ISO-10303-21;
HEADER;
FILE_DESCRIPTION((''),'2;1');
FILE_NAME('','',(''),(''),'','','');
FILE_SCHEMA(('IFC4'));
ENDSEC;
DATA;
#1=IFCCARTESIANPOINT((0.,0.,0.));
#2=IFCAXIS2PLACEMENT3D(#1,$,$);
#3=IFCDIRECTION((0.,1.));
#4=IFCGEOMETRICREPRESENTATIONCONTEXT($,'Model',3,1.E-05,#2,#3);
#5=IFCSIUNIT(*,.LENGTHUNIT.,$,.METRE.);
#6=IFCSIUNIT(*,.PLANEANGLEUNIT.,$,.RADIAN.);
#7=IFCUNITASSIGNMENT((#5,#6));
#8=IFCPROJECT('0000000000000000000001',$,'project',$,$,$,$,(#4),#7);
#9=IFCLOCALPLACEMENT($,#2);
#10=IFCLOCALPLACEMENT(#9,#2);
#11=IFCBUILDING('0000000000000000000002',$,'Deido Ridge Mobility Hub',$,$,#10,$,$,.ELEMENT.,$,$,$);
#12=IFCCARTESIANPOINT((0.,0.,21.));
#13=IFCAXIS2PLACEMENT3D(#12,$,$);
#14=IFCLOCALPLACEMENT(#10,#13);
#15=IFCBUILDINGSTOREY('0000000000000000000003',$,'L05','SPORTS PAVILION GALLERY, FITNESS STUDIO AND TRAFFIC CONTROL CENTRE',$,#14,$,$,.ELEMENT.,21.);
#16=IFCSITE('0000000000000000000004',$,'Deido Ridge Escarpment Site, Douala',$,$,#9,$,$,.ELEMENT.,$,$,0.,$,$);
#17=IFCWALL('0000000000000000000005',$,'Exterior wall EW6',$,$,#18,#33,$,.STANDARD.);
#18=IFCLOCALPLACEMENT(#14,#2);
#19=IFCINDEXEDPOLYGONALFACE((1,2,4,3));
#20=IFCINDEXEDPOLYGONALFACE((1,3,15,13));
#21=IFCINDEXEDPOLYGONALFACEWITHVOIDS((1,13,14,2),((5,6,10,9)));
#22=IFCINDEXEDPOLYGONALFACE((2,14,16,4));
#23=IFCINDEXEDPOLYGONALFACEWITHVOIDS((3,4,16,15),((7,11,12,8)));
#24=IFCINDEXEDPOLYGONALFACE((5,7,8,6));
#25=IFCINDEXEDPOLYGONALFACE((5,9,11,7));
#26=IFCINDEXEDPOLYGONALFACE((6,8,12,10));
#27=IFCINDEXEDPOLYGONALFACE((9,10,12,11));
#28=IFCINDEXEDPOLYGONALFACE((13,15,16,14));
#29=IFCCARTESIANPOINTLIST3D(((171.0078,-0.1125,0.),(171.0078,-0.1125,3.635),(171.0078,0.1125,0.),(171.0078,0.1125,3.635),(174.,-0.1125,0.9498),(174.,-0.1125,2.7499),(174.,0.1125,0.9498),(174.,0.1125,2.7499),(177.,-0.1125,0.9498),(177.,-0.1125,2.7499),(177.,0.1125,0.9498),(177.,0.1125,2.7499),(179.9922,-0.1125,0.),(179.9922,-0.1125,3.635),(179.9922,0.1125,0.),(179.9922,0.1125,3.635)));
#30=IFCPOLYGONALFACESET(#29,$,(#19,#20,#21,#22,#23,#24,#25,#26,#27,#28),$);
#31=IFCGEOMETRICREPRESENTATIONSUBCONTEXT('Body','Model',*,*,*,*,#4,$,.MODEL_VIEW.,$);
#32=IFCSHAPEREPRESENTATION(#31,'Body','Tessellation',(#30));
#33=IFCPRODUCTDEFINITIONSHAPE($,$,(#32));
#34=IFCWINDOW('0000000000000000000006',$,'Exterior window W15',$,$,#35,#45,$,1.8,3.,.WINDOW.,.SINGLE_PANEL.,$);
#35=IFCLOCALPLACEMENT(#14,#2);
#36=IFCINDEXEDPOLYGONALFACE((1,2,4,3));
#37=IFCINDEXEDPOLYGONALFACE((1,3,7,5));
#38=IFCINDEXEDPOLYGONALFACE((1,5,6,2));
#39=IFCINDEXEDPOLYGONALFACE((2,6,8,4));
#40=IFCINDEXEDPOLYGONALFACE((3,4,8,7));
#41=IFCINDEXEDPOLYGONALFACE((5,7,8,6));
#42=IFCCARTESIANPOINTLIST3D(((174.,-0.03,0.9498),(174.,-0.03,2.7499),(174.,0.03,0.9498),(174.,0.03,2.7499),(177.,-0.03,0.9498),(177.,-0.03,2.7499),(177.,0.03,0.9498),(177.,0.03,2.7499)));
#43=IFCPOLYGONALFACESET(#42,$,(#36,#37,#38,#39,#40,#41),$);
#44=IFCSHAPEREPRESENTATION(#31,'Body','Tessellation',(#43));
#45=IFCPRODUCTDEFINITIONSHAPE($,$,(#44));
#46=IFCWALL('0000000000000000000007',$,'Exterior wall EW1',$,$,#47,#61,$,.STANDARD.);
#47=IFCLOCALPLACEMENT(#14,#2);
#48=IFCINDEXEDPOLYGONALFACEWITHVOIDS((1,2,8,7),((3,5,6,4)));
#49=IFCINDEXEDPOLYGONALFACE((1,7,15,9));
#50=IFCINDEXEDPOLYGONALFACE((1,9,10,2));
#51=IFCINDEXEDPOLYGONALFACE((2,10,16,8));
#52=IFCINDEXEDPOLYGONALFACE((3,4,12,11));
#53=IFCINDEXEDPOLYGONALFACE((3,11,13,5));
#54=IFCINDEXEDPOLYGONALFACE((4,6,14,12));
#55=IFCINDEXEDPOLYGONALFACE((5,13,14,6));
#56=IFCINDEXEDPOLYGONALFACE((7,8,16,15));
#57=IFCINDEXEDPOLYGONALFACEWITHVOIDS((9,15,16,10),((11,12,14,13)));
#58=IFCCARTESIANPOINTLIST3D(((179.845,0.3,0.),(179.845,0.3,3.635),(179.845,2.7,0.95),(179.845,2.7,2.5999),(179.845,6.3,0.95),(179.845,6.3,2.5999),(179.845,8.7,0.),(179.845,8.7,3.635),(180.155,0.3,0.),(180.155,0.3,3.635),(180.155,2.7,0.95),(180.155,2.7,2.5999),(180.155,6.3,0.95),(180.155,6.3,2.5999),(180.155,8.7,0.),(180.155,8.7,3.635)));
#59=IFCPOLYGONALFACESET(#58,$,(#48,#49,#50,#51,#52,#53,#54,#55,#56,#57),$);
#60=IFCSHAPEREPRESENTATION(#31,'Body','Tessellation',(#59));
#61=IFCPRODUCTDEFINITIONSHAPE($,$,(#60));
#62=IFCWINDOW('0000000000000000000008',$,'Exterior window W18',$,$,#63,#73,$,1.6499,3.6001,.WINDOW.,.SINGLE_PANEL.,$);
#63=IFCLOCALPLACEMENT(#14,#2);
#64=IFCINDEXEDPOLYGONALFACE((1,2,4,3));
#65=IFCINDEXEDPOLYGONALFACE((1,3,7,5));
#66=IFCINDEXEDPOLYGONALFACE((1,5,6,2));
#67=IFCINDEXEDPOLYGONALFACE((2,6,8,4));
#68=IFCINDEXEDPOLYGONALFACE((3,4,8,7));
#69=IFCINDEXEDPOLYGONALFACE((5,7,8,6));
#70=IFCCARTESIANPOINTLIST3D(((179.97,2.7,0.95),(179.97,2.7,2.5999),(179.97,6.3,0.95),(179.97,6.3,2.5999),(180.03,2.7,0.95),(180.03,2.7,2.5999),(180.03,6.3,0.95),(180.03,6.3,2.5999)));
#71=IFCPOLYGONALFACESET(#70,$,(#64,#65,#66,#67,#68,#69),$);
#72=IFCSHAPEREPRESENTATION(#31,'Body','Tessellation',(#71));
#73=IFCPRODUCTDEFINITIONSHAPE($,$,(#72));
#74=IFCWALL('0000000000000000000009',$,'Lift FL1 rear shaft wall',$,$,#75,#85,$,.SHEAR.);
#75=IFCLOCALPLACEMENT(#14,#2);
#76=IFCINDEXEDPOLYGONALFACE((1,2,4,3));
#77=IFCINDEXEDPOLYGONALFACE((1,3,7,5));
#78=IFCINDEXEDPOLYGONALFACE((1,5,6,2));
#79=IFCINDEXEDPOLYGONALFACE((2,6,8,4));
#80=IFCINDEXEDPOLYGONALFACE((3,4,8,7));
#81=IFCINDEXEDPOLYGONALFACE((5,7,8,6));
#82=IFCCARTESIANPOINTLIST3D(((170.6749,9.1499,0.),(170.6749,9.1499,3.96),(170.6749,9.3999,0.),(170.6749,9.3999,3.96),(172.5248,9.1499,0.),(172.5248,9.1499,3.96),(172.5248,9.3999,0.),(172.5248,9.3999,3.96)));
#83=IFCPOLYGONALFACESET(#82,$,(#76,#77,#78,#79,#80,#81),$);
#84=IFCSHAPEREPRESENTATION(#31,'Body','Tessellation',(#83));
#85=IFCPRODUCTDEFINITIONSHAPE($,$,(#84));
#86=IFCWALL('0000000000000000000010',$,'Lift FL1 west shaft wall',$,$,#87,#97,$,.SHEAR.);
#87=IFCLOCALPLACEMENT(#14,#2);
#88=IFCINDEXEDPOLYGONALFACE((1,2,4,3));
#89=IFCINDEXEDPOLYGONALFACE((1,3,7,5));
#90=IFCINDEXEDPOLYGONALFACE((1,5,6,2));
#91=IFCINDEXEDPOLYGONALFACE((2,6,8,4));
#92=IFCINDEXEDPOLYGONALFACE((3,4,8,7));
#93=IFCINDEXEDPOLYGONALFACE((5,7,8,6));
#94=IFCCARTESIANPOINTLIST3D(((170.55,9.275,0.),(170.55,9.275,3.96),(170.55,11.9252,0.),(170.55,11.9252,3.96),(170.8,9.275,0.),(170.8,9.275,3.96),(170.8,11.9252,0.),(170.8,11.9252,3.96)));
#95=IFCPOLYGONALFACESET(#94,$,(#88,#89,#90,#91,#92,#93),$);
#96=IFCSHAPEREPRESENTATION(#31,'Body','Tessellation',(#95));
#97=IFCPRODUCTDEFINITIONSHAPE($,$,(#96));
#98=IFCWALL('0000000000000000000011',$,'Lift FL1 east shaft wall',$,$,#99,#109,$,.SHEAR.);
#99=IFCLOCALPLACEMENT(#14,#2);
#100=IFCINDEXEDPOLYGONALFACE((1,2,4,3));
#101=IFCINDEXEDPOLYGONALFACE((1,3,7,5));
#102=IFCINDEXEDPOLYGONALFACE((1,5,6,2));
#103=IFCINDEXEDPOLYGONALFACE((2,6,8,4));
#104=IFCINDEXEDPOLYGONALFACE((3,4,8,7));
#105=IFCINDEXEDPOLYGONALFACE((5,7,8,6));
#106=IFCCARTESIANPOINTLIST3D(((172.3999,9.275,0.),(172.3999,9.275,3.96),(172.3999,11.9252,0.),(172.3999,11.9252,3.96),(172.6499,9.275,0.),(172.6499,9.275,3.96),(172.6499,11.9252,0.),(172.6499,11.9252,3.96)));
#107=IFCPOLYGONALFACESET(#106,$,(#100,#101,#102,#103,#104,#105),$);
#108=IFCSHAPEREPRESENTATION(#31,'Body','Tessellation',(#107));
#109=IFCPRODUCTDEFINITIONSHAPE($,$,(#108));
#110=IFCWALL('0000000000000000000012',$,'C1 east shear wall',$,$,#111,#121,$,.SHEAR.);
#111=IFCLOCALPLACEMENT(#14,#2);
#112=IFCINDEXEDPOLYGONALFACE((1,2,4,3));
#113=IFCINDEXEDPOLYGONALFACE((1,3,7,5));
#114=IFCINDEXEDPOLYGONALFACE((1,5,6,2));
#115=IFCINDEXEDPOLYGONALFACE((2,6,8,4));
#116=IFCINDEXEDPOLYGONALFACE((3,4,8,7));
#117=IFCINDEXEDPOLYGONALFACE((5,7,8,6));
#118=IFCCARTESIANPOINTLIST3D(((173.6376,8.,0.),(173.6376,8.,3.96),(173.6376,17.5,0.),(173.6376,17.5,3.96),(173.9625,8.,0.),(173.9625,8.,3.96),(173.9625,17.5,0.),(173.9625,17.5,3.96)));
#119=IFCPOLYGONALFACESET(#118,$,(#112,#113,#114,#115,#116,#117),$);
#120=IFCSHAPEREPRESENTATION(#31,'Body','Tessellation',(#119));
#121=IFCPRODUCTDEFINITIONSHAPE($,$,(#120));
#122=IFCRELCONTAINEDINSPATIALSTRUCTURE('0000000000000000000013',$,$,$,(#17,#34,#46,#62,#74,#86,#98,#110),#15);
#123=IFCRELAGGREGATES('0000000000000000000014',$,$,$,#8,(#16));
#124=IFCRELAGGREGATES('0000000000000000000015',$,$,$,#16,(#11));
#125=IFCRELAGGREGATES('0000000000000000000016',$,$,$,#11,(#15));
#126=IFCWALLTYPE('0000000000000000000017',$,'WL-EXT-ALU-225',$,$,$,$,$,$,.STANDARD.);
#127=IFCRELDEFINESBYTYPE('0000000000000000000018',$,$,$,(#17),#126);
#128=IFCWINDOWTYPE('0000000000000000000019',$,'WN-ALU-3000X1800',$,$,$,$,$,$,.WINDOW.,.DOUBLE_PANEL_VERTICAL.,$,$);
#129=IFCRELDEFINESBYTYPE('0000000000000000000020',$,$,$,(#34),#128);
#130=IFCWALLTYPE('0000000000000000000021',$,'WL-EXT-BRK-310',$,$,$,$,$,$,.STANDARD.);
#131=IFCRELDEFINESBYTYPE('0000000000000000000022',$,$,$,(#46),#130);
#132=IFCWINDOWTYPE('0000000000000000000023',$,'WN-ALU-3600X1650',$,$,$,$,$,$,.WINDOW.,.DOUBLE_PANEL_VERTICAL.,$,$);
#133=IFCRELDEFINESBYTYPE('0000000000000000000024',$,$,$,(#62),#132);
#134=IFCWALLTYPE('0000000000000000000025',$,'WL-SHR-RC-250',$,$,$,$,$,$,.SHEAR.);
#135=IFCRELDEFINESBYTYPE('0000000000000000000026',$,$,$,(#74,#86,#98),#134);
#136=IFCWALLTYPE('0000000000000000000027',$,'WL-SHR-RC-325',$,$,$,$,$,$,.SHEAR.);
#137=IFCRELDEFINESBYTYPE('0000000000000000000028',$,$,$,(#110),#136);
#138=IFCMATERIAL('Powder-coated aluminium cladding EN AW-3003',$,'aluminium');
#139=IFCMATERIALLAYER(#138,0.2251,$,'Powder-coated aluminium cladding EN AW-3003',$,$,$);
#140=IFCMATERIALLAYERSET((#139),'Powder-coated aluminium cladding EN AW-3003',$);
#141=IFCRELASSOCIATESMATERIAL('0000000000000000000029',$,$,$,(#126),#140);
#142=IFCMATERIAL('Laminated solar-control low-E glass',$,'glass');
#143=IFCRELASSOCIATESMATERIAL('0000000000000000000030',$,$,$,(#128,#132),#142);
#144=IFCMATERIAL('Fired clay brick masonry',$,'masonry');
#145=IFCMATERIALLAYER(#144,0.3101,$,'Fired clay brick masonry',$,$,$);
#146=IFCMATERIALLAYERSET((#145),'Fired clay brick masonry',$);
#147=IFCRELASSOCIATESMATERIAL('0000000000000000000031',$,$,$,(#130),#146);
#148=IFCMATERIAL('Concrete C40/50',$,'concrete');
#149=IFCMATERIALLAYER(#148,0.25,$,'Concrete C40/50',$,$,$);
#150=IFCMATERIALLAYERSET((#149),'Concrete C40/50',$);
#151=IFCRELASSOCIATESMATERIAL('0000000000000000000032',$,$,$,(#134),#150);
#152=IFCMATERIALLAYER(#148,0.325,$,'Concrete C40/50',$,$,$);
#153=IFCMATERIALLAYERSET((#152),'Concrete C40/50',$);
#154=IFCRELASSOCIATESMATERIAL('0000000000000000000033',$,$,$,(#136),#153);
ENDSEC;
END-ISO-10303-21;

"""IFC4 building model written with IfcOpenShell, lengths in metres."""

from ifc_helpers import new_model, si_unit, direction, frame, frame_2d, origin, place, context, subcontext, project, spatial, rectangle, extrude, material, layer, layer_set, type_object, element, fill, save


model = new_model("IFC4")

# Units and contexts
model_context = context("Model", 3, precision=1e-05, world=origin(), true_north=direction((0.0, 1.0)))
body_context = subcontext(model_context, "Body", "Model", "MODEL_VIEW")
ifc_project = project(units=[si_unit("LENGTHUNIT", "METRE"), si_unit("PLANEANGLEUNIT", "RADIAN")], contexts=[model_context])

# Site, building, storey
site_placement = place(None, origin())
site = spatial("IfcSite", under=ifc_project, at=site_placement, Name="Deido Ridge Escarpment Site, Douala", CompositionType="ELEMENT", RefElevation=0.0)
building_placement = place(site_placement, origin())
building = spatial("IfcBuilding", under=site, at=building_placement, Name="Deido Ridge Mobility Hub", CompositionType="ELEMENT")
storey_placement = place(building_placement, frame((0.0, 0.0, 21.0)))
storey = spatial("IfcBuildingStorey", under=building, at=storey_placement, Name="L05", Description="SPORTS PAVILION GALLERY, FITNESS STUDIO AND TRAFFIC CONTROL CENTRE", CompositionType="ELEMENT", Elevation=21.0)

# Shared definitions
ifc_material_1 = material(Name="Laminated solar-control low-E glass", Category="glass")

# Walls, openings, windows
ifc_material_2 = material(Name="Powder-coated aluminium cladding EN AW-3003", Category="aluminium")
ifc_layer_1 = layer(ifc_material_2, 0.2251, Name="Powder-coated aluminium cladding EN AW-3003")
ifc_layer_set_1 = layer_set([ifc_layer_1], Name="Powder-coated aluminium cladding EN AW-3003")
wall_type_1 = type_object("IfcWallType", Name="WL-EXT-ALU-225", PredefinedType="STANDARD", material=ifc_layer_set_1)
wall_1_placement = place(storey_placement, frame((171.0078, 0.0, 0.0), z_axis=(0.0, 0.0, 1.0), x_axis=(1.0, 0.0, 0.0)))
wall_1 = element("IfcWall", 1, at=wall_1_placement, inside=storey, type_object=wall_type_1, Name="Exterior wall EW6", PredefinedType="STANDARD", context=body_context, shape_type="SweptSolid", body=[
    extrude(rectangle(XDim=8.9844, YDim=0.2251, at=frame_2d((4.4922, 0.0))), origin(), (0.0, 0.0, 1.0), 3.635),
])
opening_1_placement = place(wall_1_placement, frame((2.9922, 0.0, 0.95)))
opening_1 = element("IfcOpeningElement", 2, at=opening_1_placement, cuts=wall_1, PredefinedType="OPENING", context=body_context, shape_type="SweptSolid", body=[
    extrude(rectangle(XDim=3.0, YDim=1.8, at=frame_2d((1.5, 0.8999))), frame((0.0, 0.1226, 0.0), z_axis=(0.0, -1.0, 0.0), x_axis=(1.0, 0.0, 0.0)), (0.0, 0.0, 1.0), 0.2451),
])
window_type_1 = type_object("IfcWindowType", Name="WN-ALU-3000X1800", PartitioningType="DOUBLE_PANEL_VERTICAL", PredefinedType="WINDOW", material=ifc_material_1)
window_1_placement = place(opening_1_placement, origin())
window_1 = element("IfcWindow", 3, at=window_1_placement, inside=storey, type_object=window_type_1, Name="Exterior window W15", OverallHeight=1.8, OverallWidth=3.0, PartitioningType="SINGLE_PANEL", PredefinedType="WINDOW", context=body_context, shape_type="SweptSolid", body=[
    extrude(rectangle(XDim=3.0, YDim=1.8, at=frame_2d((1.5, 0.8999))), frame((0.0, 0.03, 0.0), z_axis=(0.0, -1.0, 0.0), x_axis=(1.0, 0.0, 0.0)), (0.0, 0.0, 1.0), 0.0601),
])
fill(opening_1, window_1)
ifc_material_3 = material(Name="Fired clay brick masonry", Category="masonry")
ifc_layer_2 = layer(ifc_material_3, 0.3101, Name="Fired clay brick masonry")
ifc_layer_set_2 = layer_set([ifc_layer_2], Name="Fired clay brick masonry")
wall_type_2 = type_object("IfcWallType", Name="WL-EXT-BRK-310", PredefinedType="STANDARD", material=ifc_layer_set_2)
wall_2_placement = place(storey_placement, frame((180.0, 0.3, 0.0), z_axis=(0.0, 0.0, 1.0), x_axis=(0.0, 1.0, 0.0)))
wall_2 = element("IfcWall", 4, at=wall_2_placement, inside=storey, type_object=wall_type_2, Name="Exterior wall EW1", PredefinedType="STANDARD", context=body_context, shape_type="SweptSolid", body=[
    extrude(rectangle(XDim=8.3999, YDim=0.3101, at=frame_2d((4.2, 0.0))), origin(), (0.0, 0.0, 1.0), 3.635),
])
opening_2_placement = place(wall_2_placement, frame((2.3999, 0.0, 0.95)))
opening_2 = element("IfcOpeningElement", 5, at=opening_2_placement, cuts=wall_2, PredefinedType="OPENING", context=body_context, shape_type="SweptSolid", body=[
    extrude(rectangle(XDim=3.6001, YDim=1.6499, at=frame_2d((1.8, 0.825))), frame((0.0, 0.165, 0.0), z_axis=(0.0, -1.0, 0.0), x_axis=(1.0, 0.0, 0.0)), (0.0, 0.0, 1.0), 0.3301),
])
window_type_2 = type_object("IfcWindowType", Name="WN-ALU-3600X1650", PartitioningType="DOUBLE_PANEL_VERTICAL", PredefinedType="WINDOW", material=ifc_material_1)
window_2_placement = place(opening_2_placement, origin())
window_2 = element("IfcWindow", 6, at=window_2_placement, inside=storey, type_object=window_type_2, Name="Exterior window W18", OverallHeight=1.6499, OverallWidth=3.6001, PartitioningType="SINGLE_PANEL", PredefinedType="WINDOW", context=body_context, shape_type="SweptSolid", body=[
    extrude(rectangle(XDim=3.6001, YDim=1.6499, at=frame_2d((1.8, 0.825))), frame((0.0, 0.03, 0.0), z_axis=(0.0, -1.0, 0.0), x_axis=(1.0, 0.0, 0.0)), (0.0, 0.0, 1.0), 0.0601),
])
fill(opening_2, window_2)

# Walls
ifc_material_4 = material(Name="Concrete C40/50", Category="concrete")
ifc_layer_3 = layer(ifc_material_4, 0.25, Name="Concrete C40/50")
ifc_layer_set_3 = layer_set([ifc_layer_3], Name="Concrete C40/50")
wall_type_3 = type_object("IfcWallType", Name="WL-SHR-RC-250", PredefinedType="SHEAR", material=ifc_layer_set_3)
wall_3_placement = place(storey_placement, frame((170.675, 9.2749, 0.0), z_axis=(0.0, 0.0, 1.0), x_axis=(1.0, 0.0, 0.0)))
element("IfcWall", 7, at=wall_3_placement, inside=storey, type_object=wall_type_3, Name="Lift FL1 rear shaft wall", PredefinedType="SHEAR", context=body_context, shape_type="SweptSolid", body=[
    extrude(rectangle(XDim=1.8499, YDim=0.25, at=frame_2d((0.9248, 0.0))), origin(), (0.0, 0.0, 1.0), 3.96),
])
for number, where, z_axis, x_axis, name in (
    (8, (170.675, 9.2749, 0.0), (0.0, 0.0, 1.0), (0.0, 1.0, 0.0), "Lift FL1 west shaft wall"),
    (9, (172.5249, 9.2749, 0.0), (0.0, 0.0, 1.0), (0.0, 1.0, 0.0), "Lift FL1 east shaft wall"),
):
    element("IfcWall", number, at=place(storey_placement, frame(where, z_axis=z_axis, x_axis=x_axis)), inside=storey, type_object=wall_type_3, Name=name, PredefinedType="SHEAR", context=body_context, shape_type="SweptSolid", body=[
        extrude(rectangle(XDim=2.6501, YDim=0.25, at=frame_2d((1.3252, 0.0))), origin(), (0.0, 0.0, 1.0), 3.96),
    ])

# Wall
ifc_layer_4 = layer(ifc_material_4, 0.325, Name="Concrete C40/50")
ifc_layer_set_4 = layer_set([ifc_layer_4], Name="Concrete C40/50")
wall_type_4 = type_object("IfcWallType", Name="WL-SHR-RC-325", PredefinedType="SHEAR", material=ifc_layer_set_4)
wall_4_placement = place(storey_placement, frame((173.8, 8.0, 0.0), z_axis=(0.0, 0.0, 1.0), x_axis=(0.0, 1.0, 0.0)))
element("IfcWall", 10, at=wall_4_placement, inside=storey, type_object=wall_type_4, Name="C1 east shear wall", PredefinedType="SHEAR", context=body_context, shape_type="SweptSolid", body=[
    extrude(rectangle(XDim=9.5, YDim=0.325, at=frame_2d((4.75, 0.0))), origin(), (0.0, 0.0, 1.0), 3.96),
])

save(model, "model.ifc")
